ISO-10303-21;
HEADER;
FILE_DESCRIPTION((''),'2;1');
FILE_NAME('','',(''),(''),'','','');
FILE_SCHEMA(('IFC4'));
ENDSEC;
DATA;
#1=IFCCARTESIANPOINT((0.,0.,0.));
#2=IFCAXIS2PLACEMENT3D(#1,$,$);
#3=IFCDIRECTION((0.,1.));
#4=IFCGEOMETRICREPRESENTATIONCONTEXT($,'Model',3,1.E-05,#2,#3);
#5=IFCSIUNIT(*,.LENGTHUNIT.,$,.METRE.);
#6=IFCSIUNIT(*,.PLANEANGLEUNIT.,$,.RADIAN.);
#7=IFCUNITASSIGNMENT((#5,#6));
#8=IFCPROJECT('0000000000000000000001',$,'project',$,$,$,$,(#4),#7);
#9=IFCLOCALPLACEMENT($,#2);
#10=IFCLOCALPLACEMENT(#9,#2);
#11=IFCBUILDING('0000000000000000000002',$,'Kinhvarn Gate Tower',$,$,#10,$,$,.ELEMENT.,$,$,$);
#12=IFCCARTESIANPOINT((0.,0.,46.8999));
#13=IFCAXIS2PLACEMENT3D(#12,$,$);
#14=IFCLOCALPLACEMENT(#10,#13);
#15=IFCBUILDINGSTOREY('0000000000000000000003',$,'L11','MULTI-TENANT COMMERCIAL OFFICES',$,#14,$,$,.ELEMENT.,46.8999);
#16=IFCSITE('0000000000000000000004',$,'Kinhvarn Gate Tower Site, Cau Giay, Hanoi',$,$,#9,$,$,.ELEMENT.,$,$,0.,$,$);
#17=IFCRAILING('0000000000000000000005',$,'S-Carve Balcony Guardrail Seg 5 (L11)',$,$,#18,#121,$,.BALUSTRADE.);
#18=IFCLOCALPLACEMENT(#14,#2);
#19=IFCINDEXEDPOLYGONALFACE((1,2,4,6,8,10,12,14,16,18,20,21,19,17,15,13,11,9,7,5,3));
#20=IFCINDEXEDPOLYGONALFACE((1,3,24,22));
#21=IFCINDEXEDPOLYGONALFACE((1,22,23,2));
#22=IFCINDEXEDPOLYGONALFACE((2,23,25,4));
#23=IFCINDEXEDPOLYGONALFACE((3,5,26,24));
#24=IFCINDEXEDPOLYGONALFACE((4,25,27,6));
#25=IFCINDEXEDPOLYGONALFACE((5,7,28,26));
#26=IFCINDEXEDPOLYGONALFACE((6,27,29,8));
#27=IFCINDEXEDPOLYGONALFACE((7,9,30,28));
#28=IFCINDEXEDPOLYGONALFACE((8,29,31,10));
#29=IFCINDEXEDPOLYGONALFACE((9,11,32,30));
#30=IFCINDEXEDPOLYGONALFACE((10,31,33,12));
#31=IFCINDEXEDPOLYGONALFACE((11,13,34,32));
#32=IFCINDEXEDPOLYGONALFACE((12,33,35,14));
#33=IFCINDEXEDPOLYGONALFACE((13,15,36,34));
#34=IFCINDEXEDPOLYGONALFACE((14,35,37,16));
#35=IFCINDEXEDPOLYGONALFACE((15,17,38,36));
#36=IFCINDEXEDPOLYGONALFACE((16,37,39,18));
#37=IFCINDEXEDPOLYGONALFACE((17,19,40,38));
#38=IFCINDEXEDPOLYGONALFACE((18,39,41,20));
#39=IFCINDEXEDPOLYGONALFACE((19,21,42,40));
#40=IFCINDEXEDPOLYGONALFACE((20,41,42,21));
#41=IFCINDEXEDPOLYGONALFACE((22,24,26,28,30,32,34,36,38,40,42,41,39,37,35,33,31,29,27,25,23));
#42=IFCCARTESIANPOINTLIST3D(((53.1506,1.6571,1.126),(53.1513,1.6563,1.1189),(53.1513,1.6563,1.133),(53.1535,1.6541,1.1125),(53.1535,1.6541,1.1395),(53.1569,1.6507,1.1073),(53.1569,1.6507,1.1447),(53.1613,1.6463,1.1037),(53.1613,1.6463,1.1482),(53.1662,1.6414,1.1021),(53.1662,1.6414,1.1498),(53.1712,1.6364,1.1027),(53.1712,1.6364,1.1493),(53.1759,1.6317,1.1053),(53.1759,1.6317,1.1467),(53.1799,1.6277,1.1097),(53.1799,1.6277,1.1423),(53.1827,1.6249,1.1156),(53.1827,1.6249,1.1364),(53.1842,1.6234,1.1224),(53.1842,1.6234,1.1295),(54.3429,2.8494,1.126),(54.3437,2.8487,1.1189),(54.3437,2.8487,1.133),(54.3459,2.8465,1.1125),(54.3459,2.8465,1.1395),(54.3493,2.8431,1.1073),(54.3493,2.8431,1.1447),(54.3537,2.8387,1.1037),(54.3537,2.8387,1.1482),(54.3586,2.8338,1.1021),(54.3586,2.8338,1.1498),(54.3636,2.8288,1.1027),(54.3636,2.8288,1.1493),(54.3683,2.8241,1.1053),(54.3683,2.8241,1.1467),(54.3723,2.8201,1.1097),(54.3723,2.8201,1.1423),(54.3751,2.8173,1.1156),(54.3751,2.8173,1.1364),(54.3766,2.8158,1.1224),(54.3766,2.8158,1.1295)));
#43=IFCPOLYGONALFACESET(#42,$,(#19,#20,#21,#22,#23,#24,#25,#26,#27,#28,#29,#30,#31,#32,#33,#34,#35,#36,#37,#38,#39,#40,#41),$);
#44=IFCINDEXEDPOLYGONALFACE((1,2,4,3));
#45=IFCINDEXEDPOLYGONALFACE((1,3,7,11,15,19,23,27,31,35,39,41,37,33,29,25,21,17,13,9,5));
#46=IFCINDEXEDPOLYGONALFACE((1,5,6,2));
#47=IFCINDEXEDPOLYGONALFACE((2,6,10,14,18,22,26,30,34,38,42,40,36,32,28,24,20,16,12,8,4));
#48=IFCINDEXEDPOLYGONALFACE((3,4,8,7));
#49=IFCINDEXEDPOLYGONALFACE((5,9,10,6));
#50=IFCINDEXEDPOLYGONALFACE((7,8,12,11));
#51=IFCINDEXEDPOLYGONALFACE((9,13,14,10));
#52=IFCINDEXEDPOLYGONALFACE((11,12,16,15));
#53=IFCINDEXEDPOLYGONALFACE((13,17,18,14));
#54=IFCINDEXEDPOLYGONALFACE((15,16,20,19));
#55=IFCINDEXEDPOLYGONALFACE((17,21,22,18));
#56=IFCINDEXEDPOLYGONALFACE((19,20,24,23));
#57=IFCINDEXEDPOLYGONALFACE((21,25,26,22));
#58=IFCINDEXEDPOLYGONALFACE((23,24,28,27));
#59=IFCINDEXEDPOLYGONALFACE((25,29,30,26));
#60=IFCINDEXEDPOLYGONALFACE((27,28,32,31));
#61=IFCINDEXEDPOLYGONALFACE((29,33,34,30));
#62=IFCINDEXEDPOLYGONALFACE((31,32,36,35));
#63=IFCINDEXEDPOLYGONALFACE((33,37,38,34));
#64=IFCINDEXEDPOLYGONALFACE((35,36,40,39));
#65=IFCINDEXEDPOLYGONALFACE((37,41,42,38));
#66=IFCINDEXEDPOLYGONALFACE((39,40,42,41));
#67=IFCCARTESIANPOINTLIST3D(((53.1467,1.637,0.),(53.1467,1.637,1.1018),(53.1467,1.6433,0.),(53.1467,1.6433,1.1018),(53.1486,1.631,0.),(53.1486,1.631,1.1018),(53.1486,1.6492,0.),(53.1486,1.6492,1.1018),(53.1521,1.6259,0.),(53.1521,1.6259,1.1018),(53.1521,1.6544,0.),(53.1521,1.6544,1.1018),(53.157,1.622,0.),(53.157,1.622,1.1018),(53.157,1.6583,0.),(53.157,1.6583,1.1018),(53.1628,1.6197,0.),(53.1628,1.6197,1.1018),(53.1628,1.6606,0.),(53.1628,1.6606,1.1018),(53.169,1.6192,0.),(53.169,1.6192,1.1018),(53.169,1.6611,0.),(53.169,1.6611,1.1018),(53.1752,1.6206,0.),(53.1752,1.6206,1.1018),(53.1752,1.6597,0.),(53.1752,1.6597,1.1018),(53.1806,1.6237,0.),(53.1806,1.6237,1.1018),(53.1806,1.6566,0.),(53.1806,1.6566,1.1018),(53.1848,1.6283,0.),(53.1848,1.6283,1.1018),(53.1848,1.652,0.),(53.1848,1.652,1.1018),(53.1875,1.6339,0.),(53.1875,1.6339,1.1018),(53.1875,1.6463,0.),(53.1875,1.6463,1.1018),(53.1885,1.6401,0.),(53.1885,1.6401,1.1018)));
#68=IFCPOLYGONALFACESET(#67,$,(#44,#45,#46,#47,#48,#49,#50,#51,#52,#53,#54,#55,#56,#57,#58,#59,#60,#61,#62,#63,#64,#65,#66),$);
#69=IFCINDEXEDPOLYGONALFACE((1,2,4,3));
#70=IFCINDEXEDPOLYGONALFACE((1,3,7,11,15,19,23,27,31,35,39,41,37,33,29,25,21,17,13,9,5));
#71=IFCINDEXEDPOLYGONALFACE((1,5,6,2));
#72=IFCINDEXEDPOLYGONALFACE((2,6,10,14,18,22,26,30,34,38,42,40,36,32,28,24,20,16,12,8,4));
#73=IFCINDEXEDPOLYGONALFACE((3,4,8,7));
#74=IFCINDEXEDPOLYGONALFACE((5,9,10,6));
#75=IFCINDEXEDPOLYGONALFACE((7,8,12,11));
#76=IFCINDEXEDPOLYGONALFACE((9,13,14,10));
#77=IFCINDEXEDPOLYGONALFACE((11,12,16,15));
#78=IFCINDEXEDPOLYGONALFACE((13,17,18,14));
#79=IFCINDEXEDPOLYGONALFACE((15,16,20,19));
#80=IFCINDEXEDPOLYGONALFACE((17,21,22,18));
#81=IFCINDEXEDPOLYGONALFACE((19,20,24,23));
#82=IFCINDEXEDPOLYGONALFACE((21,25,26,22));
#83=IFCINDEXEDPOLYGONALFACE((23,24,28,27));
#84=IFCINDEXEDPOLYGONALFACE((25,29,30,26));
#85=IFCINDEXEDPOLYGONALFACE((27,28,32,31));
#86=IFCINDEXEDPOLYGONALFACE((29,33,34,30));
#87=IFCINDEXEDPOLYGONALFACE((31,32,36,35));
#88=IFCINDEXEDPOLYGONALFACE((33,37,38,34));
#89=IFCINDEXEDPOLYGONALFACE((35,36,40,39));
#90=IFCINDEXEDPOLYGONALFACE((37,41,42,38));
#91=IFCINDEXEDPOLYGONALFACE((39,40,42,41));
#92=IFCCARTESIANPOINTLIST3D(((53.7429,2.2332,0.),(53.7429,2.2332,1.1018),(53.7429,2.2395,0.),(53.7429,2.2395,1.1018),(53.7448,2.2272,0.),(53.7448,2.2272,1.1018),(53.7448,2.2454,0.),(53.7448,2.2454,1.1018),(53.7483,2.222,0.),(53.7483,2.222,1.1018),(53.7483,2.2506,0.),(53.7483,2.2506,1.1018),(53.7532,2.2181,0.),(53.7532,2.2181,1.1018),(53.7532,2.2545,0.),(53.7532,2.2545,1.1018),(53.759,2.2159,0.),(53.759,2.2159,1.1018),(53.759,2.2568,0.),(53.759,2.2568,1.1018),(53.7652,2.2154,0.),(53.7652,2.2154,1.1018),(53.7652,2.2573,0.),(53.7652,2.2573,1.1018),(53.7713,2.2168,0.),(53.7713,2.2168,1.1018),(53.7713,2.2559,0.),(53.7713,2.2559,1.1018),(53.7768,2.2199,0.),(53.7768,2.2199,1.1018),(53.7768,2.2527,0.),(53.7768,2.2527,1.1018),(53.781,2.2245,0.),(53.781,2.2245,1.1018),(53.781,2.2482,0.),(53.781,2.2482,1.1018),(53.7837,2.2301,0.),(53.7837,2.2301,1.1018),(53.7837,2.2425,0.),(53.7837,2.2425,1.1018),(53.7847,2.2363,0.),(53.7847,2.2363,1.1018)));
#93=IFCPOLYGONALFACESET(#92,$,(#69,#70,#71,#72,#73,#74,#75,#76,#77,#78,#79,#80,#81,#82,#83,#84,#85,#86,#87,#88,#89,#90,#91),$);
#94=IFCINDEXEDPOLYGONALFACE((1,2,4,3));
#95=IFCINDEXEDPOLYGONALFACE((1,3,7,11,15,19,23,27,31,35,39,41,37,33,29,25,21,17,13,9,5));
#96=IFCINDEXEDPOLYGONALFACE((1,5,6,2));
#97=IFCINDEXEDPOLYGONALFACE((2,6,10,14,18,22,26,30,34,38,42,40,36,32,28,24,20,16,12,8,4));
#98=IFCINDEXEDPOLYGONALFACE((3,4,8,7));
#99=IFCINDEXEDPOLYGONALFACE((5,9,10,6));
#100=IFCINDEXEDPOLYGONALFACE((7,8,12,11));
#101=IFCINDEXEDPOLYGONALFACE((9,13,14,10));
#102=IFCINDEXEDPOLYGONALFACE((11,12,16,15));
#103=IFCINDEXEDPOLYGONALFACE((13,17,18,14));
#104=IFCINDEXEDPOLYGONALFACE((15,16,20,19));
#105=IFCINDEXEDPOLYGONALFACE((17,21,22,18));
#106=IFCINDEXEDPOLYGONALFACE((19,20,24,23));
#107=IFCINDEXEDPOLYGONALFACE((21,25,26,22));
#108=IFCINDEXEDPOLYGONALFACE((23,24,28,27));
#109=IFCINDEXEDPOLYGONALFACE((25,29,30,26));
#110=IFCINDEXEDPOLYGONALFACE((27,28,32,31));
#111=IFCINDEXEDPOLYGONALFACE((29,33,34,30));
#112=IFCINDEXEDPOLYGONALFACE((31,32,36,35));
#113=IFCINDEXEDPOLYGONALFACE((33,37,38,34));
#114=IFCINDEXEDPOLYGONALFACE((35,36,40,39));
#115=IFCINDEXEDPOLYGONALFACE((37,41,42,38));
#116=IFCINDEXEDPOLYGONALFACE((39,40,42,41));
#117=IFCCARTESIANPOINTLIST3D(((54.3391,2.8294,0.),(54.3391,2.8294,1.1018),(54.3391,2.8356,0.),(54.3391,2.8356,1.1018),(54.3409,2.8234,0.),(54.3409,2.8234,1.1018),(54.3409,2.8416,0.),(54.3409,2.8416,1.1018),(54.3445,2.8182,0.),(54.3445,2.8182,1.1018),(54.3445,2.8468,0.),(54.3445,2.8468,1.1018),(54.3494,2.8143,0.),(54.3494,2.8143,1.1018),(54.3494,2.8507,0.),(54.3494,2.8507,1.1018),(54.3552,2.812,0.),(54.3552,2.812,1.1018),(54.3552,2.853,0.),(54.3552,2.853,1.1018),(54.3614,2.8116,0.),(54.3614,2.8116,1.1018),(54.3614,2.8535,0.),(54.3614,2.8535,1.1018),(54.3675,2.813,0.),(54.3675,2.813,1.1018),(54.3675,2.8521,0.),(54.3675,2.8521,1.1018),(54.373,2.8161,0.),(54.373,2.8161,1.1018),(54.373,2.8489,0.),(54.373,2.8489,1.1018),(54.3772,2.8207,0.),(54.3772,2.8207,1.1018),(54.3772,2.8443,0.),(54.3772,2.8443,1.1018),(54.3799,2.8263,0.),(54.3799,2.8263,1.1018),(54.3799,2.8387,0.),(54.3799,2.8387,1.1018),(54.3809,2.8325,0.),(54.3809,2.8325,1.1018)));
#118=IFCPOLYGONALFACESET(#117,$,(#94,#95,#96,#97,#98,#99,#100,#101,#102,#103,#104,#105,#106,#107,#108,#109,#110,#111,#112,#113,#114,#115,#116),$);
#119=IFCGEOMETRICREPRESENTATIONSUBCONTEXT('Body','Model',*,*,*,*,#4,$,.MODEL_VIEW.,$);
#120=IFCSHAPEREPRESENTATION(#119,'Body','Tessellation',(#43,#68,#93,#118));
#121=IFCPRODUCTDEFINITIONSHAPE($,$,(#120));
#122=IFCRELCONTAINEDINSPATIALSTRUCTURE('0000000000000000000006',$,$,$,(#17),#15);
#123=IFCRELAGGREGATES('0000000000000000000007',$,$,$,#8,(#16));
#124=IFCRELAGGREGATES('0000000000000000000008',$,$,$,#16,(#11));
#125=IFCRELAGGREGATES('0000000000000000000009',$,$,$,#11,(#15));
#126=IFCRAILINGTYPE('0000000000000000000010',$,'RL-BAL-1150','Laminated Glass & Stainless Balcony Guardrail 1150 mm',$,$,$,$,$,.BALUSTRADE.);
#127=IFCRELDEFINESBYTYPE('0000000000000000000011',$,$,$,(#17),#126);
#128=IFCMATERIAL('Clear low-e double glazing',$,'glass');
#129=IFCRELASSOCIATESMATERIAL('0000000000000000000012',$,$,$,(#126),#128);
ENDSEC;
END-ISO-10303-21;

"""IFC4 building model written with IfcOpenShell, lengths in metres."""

from ifc_helpers import new_model, si_unit, direction, frame, origin, origin_2d, place, context, subcontext, project, spatial, circle, extrude, material, type_object, element, save


model = new_model("IFC4")

# Units and contexts
model_context = context("Model", 3, precision=1e-05, world=origin(), true_north=direction((0.0, 1.0)))
body_context = subcontext(model_context, "Body", "Model", "MODEL_VIEW")
ifc_project = project(units=[si_unit("LENGTHUNIT", "METRE"), si_unit("PLANEANGLEUNIT", "RADIAN")], contexts=[model_context])

# Site, building, storey
site_placement = place(None, origin())
site = spatial("IfcSite", under=ifc_project, at=site_placement, Name="Kinhvarn Gate Tower Site, Cau Giay, Hanoi", CompositionType="ELEMENT", RefElevation=0.0)
building_placement = place(site_placement, origin())
building = spatial("IfcBuilding", under=site, at=building_placement, Name="Kinhvarn Gate Tower", CompositionType="ELEMENT")
storey_placement = place(building_placement, frame((0.0, 0.0, 46.8999)))
storey = spatial("IfcBuildingStorey", under=building, at=storey_placement, Name="L11", Description="MULTI-TENANT COMMERCIAL OFFICES", CompositionType="ELEMENT", Elevation=46.8999)

# Shared definitions
ifc_material_1 = material(Name="Clear low-e double glazing", Category="glass")

# Railing
railing_type = type_object("IfcRailingType", Name="RL-BAL-1150", Description="Laminated Glass & Stainless Balcony Guardrail 1150 mm", PredefinedType="BALUSTRADE", material=ifc_material_1)
railing_1_placement = place(storey_placement, frame((53.1675, 1.6401, 0.0)))
element("IfcRailing", 1, at=railing_1_placement, inside=storey, type_object=railing_type, Name="S-Carve Balcony Guardrail Seg 5 (L11)", PredefinedType="BALUSTRADE", context=body_context, shape_type="SweptSolid", body=[
    extrude(circle(Radius=0.0239, at=origin_2d()), frame((0.0, 0.0, 1.126), z_axis=(0.707107, 0.707107, 0.0), x_axis=(-0.707107, 0.707107, 0.0)), (0.0, 0.0, 1.0), 1.6863),
    extrude(circle(Radius=0.021, at=origin_2d()), origin(), (0.0, 0.0, 1.0), 1.1018),
    extrude(circle(Radius=0.021, at=origin_2d()), frame((0.5962, 0.5962, 0.0)), (0.0, 0.0, 1.0), 1.1018),
    extrude(circle(Radius=0.021, at=origin_2d()), frame((1.1924, 1.1924, 0.0)), (0.0, 0.0, 1.0), 1.1018),
])

save(model, "model.ifc")
